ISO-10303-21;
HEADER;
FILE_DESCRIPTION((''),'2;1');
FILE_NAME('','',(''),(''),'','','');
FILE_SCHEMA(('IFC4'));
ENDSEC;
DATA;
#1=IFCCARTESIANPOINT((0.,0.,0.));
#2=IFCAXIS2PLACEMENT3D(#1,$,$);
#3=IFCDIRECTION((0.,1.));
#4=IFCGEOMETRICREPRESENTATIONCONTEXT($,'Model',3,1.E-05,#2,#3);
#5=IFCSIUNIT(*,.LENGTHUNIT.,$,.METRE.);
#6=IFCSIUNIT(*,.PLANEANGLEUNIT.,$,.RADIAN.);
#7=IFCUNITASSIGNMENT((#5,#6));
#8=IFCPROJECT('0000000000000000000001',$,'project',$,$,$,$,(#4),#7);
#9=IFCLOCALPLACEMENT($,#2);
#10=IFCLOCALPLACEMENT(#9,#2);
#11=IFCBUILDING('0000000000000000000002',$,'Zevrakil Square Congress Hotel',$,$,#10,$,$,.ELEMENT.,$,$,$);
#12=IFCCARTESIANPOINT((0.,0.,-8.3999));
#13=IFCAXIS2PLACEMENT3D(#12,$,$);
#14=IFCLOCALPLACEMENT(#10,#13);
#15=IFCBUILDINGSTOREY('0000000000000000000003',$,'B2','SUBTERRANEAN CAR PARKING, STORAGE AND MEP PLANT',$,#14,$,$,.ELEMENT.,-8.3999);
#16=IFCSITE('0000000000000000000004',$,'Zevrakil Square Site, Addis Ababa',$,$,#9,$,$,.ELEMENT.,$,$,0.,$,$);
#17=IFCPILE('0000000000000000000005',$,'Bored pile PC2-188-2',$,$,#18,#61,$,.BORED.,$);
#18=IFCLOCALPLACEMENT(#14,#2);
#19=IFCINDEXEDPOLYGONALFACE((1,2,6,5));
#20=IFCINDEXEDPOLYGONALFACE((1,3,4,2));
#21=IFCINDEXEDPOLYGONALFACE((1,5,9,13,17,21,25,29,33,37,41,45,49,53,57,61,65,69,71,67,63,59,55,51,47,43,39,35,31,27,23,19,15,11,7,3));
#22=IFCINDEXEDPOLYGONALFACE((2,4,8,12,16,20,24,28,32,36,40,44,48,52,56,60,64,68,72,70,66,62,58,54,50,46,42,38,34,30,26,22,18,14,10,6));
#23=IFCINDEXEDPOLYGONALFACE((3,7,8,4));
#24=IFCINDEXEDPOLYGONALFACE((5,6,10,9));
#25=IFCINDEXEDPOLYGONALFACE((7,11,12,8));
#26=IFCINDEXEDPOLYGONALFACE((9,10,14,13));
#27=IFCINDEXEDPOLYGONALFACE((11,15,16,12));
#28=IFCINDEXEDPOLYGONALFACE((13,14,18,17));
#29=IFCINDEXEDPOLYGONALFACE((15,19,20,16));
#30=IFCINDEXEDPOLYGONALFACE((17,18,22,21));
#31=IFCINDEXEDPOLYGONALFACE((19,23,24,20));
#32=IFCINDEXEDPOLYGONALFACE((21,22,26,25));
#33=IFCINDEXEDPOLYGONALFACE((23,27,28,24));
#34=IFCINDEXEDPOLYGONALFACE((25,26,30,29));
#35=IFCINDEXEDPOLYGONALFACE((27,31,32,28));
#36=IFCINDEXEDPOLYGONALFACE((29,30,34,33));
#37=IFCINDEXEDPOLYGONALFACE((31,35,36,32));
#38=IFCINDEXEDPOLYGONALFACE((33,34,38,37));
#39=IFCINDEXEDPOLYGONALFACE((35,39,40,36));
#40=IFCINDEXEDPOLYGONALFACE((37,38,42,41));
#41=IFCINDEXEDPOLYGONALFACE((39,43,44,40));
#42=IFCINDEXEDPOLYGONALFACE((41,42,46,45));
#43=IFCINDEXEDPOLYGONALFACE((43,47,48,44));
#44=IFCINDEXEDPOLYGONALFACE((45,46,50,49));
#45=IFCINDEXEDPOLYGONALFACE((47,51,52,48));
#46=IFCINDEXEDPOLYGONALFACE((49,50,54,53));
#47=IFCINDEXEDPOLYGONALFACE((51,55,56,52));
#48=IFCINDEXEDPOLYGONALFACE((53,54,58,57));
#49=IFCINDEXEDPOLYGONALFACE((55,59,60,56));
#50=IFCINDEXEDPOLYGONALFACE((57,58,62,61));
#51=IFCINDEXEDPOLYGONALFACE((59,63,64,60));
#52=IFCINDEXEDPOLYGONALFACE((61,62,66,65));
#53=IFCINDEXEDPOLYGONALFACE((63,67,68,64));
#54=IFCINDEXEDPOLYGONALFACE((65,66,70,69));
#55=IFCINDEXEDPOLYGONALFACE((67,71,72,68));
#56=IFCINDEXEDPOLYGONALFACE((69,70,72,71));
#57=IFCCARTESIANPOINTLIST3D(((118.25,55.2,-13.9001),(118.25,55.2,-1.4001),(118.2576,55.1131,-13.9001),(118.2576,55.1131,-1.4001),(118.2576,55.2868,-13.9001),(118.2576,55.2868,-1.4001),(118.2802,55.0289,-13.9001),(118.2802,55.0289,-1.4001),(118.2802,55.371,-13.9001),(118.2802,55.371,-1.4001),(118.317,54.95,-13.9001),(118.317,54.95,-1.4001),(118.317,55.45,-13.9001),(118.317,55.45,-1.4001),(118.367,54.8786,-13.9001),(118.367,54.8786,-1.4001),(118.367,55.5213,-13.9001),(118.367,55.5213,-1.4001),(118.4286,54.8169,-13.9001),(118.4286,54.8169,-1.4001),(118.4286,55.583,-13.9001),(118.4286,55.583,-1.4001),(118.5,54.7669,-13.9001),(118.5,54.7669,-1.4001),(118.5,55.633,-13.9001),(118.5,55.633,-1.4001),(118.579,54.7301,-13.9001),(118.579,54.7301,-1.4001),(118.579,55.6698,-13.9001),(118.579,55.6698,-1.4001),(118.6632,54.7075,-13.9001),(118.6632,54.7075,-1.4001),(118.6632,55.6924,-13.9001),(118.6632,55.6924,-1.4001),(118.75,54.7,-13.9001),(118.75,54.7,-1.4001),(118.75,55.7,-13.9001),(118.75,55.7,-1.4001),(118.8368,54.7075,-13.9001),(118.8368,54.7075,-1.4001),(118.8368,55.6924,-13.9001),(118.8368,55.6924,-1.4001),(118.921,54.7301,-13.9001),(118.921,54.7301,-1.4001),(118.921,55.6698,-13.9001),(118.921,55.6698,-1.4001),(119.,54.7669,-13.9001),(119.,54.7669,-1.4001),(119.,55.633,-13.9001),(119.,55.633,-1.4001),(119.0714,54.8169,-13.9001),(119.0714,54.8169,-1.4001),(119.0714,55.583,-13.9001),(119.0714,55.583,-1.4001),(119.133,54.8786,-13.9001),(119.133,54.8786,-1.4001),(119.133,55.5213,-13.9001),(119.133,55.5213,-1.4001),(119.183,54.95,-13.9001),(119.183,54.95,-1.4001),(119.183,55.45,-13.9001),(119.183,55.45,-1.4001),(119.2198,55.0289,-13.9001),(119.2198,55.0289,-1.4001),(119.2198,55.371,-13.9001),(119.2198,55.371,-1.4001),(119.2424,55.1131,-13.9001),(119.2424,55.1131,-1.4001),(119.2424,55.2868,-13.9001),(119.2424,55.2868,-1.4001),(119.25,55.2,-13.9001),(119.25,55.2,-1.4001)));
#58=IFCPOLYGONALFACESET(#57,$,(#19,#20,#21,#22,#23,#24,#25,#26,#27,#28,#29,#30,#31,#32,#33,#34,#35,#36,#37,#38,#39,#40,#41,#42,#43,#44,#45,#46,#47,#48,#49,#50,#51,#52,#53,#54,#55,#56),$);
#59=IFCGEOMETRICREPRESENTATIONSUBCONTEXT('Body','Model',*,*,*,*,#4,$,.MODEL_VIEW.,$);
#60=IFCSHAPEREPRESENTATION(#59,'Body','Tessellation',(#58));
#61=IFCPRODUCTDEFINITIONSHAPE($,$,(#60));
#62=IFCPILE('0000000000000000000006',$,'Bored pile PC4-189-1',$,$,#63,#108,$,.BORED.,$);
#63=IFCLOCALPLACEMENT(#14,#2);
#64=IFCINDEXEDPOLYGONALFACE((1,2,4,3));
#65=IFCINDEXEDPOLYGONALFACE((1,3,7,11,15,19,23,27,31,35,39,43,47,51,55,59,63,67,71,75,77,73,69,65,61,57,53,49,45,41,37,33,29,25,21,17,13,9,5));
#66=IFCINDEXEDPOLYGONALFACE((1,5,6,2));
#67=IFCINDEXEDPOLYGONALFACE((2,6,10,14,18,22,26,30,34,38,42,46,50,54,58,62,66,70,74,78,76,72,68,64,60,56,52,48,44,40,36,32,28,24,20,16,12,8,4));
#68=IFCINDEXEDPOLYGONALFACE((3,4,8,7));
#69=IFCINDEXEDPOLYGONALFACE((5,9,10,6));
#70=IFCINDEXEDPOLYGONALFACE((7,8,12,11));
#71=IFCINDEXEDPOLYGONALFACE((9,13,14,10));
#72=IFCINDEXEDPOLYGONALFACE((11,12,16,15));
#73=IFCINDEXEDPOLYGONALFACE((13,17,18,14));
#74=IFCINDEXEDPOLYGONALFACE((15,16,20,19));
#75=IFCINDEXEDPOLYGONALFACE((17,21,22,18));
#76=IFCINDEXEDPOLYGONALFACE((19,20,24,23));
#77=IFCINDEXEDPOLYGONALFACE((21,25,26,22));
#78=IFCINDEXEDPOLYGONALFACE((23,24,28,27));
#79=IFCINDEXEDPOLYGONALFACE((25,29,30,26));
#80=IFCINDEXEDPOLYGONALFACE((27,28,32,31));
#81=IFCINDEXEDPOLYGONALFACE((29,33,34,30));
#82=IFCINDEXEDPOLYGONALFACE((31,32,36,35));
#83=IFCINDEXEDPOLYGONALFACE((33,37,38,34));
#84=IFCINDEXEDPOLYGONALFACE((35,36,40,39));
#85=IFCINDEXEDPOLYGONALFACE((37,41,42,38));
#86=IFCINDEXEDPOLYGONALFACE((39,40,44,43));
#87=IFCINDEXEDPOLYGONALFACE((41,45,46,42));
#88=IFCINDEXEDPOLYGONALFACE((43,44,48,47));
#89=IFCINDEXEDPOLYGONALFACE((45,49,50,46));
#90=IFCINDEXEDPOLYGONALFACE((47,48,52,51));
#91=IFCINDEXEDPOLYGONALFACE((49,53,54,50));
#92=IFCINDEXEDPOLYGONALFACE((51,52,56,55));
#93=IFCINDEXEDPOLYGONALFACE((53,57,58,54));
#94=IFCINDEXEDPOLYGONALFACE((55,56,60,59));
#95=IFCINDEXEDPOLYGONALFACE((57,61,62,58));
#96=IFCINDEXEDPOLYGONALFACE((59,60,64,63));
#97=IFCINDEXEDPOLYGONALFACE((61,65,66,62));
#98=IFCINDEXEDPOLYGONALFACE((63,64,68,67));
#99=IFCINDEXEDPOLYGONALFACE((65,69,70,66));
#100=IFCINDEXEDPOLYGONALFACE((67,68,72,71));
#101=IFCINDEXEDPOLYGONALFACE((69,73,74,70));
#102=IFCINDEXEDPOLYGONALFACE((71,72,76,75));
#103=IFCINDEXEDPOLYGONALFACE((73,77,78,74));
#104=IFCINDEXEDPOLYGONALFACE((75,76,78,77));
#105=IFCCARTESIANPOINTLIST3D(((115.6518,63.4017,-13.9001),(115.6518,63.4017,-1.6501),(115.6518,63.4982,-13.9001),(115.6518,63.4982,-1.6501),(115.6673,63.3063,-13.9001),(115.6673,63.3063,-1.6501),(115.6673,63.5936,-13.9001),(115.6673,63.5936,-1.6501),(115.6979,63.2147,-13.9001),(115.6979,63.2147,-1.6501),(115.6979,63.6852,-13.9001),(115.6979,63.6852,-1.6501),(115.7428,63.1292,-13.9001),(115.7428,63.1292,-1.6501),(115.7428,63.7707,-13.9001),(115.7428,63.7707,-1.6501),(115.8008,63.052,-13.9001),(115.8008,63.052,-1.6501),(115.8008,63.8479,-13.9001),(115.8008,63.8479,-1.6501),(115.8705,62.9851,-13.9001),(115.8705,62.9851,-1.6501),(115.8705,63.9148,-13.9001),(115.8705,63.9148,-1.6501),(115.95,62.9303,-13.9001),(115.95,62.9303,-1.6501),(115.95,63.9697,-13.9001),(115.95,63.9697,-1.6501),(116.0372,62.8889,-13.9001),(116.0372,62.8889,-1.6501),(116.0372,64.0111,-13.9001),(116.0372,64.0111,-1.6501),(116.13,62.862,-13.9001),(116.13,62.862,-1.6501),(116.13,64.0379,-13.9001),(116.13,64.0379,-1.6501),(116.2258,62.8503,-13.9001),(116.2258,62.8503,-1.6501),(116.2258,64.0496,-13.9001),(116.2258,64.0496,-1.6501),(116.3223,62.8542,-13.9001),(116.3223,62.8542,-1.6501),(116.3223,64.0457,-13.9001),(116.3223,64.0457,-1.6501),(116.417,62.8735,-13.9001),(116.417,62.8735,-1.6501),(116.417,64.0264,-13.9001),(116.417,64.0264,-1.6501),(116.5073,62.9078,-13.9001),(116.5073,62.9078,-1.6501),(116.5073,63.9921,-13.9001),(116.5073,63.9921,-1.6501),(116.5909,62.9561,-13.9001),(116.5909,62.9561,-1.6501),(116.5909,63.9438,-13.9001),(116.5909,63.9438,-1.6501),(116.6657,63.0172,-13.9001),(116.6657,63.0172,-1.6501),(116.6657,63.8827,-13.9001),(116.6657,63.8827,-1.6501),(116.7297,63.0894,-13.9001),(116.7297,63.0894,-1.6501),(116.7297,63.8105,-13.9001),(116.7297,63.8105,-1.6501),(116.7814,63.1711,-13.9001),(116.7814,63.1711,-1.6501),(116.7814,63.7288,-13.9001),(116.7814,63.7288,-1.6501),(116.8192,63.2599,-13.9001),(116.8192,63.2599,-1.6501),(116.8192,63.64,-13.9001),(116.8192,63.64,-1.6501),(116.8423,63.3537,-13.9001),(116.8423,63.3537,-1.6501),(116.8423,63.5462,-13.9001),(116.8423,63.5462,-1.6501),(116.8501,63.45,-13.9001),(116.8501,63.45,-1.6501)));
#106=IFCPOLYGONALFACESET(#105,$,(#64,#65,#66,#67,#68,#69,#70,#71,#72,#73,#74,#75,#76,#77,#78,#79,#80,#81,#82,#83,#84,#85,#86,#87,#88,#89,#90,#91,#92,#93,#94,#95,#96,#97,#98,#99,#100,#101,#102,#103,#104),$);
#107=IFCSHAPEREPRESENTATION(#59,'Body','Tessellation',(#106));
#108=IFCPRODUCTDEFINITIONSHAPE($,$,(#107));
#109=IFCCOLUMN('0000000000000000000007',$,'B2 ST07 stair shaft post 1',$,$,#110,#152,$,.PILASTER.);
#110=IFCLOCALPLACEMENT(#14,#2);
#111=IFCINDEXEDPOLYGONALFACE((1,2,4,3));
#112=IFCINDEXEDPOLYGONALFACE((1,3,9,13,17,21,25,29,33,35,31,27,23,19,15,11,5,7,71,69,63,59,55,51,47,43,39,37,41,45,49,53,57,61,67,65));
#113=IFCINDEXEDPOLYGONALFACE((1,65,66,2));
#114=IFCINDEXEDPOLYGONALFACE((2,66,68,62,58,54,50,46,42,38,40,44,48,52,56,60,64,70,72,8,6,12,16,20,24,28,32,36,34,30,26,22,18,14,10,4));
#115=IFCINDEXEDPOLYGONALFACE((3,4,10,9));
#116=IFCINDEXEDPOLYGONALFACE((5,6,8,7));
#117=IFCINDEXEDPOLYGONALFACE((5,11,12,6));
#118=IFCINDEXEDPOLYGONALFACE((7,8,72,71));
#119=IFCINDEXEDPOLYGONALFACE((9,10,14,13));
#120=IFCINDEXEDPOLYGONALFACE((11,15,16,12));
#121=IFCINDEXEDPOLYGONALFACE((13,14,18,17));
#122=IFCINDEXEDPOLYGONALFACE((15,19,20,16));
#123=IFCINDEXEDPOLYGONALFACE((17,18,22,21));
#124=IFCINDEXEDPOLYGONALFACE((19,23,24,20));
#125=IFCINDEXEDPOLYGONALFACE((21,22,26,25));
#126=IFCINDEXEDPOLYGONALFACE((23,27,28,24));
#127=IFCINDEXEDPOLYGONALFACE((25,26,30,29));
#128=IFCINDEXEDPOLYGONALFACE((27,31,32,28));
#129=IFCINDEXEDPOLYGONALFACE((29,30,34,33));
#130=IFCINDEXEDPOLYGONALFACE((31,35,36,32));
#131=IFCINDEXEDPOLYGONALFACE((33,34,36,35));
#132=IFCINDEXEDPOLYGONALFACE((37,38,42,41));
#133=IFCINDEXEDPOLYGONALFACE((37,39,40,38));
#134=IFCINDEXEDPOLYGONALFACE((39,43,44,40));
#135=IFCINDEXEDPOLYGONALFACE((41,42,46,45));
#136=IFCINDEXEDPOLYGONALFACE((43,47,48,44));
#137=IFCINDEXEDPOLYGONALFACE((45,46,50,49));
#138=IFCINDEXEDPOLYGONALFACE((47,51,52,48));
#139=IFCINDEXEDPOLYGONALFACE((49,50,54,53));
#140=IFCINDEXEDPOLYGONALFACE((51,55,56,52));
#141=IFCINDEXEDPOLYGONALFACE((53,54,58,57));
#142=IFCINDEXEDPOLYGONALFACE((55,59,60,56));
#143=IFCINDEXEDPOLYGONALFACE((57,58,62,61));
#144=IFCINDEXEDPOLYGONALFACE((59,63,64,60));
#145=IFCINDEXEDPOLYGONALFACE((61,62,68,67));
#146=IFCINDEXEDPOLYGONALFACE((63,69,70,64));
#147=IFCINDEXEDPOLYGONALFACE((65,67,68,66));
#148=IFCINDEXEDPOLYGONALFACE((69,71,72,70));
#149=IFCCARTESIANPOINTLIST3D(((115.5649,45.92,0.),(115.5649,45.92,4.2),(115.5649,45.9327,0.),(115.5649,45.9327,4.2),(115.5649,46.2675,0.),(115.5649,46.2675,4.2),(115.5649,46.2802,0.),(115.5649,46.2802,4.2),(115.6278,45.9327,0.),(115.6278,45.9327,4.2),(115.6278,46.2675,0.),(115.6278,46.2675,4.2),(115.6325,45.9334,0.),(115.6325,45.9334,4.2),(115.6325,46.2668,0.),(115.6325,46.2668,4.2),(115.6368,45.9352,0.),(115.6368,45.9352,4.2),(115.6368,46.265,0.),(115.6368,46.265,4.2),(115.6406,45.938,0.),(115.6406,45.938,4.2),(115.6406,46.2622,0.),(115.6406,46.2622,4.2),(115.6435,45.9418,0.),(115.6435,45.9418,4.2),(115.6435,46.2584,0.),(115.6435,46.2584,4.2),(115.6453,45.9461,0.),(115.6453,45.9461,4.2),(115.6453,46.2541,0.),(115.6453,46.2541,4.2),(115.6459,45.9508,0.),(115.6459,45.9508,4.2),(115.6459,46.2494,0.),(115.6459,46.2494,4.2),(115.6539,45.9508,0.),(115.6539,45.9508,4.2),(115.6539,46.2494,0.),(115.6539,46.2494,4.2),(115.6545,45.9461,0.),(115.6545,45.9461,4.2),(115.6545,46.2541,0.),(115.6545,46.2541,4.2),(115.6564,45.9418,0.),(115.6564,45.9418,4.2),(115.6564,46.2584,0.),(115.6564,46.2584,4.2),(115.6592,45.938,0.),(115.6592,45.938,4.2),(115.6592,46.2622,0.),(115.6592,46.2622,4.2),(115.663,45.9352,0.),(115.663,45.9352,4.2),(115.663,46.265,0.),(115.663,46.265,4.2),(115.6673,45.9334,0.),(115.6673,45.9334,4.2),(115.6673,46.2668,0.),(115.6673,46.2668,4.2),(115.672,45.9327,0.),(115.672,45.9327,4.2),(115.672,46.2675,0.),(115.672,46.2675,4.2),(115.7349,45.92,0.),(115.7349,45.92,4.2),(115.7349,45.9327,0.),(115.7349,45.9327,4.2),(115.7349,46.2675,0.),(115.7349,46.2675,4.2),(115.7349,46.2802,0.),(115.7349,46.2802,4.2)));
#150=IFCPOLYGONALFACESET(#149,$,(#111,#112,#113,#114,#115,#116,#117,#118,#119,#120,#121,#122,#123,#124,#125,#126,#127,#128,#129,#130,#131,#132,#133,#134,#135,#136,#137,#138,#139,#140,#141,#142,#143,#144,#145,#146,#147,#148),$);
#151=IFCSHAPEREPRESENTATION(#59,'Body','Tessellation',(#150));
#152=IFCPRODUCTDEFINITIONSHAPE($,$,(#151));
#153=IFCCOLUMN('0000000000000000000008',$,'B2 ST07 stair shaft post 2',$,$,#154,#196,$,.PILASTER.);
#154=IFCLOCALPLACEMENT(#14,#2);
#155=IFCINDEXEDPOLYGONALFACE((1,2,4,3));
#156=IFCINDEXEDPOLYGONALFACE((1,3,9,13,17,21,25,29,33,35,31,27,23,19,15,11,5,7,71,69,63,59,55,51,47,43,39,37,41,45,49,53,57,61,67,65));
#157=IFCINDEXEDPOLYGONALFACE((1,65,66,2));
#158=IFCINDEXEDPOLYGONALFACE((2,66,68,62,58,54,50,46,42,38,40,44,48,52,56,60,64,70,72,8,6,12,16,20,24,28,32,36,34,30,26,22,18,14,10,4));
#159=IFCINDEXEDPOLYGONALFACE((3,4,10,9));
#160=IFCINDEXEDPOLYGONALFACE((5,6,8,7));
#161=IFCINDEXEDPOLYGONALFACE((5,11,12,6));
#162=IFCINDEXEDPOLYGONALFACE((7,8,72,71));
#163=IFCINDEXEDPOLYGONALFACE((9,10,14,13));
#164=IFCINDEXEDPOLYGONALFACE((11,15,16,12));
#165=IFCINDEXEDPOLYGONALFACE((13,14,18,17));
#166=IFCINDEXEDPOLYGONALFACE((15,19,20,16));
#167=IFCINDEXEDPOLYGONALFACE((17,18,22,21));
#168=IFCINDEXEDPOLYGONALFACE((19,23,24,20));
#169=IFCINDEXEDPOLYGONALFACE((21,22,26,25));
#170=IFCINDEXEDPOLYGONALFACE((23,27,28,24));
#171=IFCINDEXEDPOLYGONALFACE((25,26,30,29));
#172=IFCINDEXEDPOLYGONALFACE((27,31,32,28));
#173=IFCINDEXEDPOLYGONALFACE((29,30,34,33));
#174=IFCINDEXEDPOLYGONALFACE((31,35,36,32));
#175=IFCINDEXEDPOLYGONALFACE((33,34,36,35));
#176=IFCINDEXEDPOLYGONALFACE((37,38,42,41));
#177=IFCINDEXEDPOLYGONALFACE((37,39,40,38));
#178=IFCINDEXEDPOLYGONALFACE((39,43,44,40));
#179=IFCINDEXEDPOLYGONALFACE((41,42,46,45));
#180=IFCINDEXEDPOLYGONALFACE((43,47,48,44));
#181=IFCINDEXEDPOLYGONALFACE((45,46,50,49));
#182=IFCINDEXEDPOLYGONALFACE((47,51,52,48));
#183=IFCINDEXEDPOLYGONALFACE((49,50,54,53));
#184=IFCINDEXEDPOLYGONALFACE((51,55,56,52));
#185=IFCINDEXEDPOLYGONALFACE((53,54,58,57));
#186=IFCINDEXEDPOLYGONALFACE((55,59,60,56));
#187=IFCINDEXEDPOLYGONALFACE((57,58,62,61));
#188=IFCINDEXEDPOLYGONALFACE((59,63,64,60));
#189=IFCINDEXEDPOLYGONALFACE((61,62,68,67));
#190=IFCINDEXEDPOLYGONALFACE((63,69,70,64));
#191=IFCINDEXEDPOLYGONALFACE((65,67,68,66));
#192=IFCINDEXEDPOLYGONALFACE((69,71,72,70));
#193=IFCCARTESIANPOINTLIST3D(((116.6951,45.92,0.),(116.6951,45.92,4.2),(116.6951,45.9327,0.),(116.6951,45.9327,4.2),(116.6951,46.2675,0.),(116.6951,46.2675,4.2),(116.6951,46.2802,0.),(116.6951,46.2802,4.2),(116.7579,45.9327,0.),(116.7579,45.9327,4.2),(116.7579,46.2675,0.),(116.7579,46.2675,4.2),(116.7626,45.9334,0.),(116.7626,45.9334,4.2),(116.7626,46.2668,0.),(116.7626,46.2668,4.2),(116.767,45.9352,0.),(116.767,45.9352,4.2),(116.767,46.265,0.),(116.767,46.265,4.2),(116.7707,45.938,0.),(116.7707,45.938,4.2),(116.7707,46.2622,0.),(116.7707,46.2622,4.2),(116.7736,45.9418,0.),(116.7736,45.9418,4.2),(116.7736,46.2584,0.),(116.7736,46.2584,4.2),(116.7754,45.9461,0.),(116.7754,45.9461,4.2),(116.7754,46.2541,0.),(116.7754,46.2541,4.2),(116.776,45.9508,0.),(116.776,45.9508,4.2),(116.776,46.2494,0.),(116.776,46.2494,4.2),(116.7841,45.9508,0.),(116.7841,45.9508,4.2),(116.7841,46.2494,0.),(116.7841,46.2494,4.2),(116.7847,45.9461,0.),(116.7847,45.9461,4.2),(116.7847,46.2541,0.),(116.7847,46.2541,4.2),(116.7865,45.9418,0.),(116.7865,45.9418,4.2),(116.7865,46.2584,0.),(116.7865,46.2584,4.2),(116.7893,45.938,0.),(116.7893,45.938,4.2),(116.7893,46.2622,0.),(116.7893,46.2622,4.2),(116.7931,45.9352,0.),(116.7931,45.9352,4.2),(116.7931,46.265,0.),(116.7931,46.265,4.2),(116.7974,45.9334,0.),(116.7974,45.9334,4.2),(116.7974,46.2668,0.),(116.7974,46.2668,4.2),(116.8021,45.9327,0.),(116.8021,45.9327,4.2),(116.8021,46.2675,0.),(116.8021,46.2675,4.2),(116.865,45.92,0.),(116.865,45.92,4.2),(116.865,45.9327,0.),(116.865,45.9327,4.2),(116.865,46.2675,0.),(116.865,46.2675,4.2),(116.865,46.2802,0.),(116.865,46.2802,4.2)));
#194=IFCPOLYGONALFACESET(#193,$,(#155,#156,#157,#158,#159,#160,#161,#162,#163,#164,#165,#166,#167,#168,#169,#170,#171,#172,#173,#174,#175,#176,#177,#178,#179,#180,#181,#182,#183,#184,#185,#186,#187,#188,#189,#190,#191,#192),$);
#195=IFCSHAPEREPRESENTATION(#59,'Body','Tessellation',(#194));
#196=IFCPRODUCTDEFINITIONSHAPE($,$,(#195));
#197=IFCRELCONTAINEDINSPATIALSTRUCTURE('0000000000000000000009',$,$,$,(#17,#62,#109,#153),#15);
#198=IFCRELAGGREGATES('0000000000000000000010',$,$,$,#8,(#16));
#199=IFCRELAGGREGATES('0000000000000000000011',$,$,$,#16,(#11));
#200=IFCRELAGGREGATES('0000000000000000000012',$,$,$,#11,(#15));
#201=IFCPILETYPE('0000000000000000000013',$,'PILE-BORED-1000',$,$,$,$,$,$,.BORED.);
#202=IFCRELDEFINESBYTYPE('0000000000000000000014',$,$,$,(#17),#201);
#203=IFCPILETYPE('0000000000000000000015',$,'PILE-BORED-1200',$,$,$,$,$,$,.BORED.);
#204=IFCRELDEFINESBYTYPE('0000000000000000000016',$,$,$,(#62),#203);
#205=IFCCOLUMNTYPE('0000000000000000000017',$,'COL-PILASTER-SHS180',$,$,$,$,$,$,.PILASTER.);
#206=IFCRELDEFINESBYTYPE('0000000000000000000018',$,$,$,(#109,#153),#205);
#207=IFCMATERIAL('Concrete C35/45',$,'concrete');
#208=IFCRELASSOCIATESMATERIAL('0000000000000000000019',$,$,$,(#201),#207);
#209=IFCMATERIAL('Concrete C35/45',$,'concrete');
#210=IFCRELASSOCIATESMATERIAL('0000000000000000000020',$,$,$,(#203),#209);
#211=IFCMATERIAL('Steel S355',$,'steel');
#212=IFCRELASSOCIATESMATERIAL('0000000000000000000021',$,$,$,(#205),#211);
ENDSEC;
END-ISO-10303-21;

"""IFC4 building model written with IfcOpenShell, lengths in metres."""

from ifc_helpers import new_model, si_unit, direction, frame, origin, origin_2d, place, context, subcontext, project, spatial, circle, i_section, extrude, material, material_profile, profile_set, type_object, element, save


model = new_model("IFC4")

# Units and contexts
model_context = context("Model", 3, precision=1e-05, world=origin(), true_north=direction((0.0, 1.0)))
body_context = subcontext(model_context, "Body", "Model", "MODEL_VIEW")
ifc_project = project(units=[si_unit("LENGTHUNIT", "METRE"), si_unit("PLANEANGLEUNIT", "RADIAN")], contexts=[model_context])

# Site, building, storey
site_placement = place(None, origin())
site = spatial("IfcSite", under=ifc_project, at=site_placement, Name="Zevrakil Square Site, Addis Ababa", CompositionType="ELEMENT", RefElevation=0.0)
building_placement = place(site_placement, origin())
building = spatial("IfcBuilding", under=site, at=building_placement, Name="Zevrakil Square Congress Hotel", CompositionType="ELEMENT")
storey_placement = place(building_placement, frame((0.0, 0.0, -8.3999)))
storey = spatial("IfcBuildingStorey", under=building, at=storey_placement, Name="B2", Description="SUBTERRANEAN CAR PARKING, STORAGE AND MEP PLANT", CompositionType="ELEMENT", Elevation=-8.3999)

# Piles
ifc_material_1 = material(Name="Concrete C35/45", Category="concrete")
ifc_material_profile_1 = material_profile(ifc_material_1, circle(Radius=0.5, at=origin_2d()), Name="PILE D1000")
ifc_profile_set_1 = profile_set([ifc_material_profile_1], Name="Concrete C35/45")
pile_type_1 = type_object("IfcPileType", Name="PILE-BORED-1000", PredefinedType="BORED", material=ifc_profile_set_1)
for number, where, z_axis, x_axis, name in (
    (1, (118.75, 55.2, -1.4001), (0.0, 0.0, -1.0), (1.0, 0.0, 0.0), "Bored pile PC2-188-2"),
):
    element("IfcPile", number, at=place(storey_placement, frame(where, z_axis=z_axis, x_axis=x_axis)), inside=storey, type_object=pile_type_1, Name=name, PredefinedType="BORED", context=body_context, shape_type="SweptSolid", body=[
        extrude(circle(Radius=0.5, at=origin_2d()), origin(), (0.0, 0.0, 1.0), 12.5),
    ])
ifc_material_2 = material(Name="Concrete C35/45", Category="concrete")
ifc_material_profile_2 = material_profile(ifc_material_2, circle(Radius=0.6001, at=origin_2d()), Name="PILE D1200")
ifc_profile_set_2 = profile_set([ifc_material_profile_2], Name="Concrete C35/45")
pile_type_2 = type_object("IfcPileType", Name="PILE-BORED-1200", PredefinedType="BORED", material=ifc_profile_set_2)
pile_placement = place(storey_placement, frame((116.25, 63.45, -1.6501), z_axis=(0.0, 0.0, -1.0), x_axis=(1.0, 0.0, 0.0)))
element("IfcPile", 2, at=pile_placement, inside=storey, type_object=pile_type_2, Name="Bored pile PC4-189-1", PredefinedType="BORED", context=body_context, shape_type="SweptSolid", body=[
    extrude(circle(Radius=0.6001, at=origin_2d()), origin(), (0.0, 0.0, 1.0), 12.25),
])

# Columns
ifc_material_3 = material(Name="Steel S355", Category="steel")
ifc_material_profile_3 = material_profile(ifc_material_3, i_section(OverallWidth=0.1699, OverallDepth=0.3601, WebThickness=0.0081, FlangeThickness=0.0127, FilletRadius=0.0181, at=origin_2d()), Name="IPE 360")
ifc_profile_set_3 = profile_set([ifc_material_profile_3], Name="Steel S355")
column_type_1 = type_object("IfcColumnType", Name="COL-PILASTER-SHS180", PredefinedType="PILASTER", material=ifc_profile_set_3)
for number, where, z_axis, x_axis, name in (
    (3, (115.6499, 46.1001, 0.0), (0.0, 0.0, 1.0), (1.0, 0.0, 0.0), "B2 ST07 stair shaft post 1"),
    (4, (116.78, 46.1001, 0.0), (0.0, 0.0, 1.0), (1.0, 0.0, 0.0), "B2 ST07 stair shaft post 2"),
):
    element("IfcColumn", number, at=place(storey_placement, frame(where, z_axis=z_axis, x_axis=x_axis)), inside=storey, type_object=column_type_1, Name=name, PredefinedType="PILASTER", context=body_context, shape_type="SweptSolid", body=[
        extrude(i_section(OverallWidth=0.1699, OverallDepth=0.3601, WebThickness=0.0081, FlangeThickness=0.0127, FilletRadius=0.0181, at=origin_2d()), origin(), (0.0, 0.0, 1.0), 4.2),
    ])

save(model, "model.ifc")
